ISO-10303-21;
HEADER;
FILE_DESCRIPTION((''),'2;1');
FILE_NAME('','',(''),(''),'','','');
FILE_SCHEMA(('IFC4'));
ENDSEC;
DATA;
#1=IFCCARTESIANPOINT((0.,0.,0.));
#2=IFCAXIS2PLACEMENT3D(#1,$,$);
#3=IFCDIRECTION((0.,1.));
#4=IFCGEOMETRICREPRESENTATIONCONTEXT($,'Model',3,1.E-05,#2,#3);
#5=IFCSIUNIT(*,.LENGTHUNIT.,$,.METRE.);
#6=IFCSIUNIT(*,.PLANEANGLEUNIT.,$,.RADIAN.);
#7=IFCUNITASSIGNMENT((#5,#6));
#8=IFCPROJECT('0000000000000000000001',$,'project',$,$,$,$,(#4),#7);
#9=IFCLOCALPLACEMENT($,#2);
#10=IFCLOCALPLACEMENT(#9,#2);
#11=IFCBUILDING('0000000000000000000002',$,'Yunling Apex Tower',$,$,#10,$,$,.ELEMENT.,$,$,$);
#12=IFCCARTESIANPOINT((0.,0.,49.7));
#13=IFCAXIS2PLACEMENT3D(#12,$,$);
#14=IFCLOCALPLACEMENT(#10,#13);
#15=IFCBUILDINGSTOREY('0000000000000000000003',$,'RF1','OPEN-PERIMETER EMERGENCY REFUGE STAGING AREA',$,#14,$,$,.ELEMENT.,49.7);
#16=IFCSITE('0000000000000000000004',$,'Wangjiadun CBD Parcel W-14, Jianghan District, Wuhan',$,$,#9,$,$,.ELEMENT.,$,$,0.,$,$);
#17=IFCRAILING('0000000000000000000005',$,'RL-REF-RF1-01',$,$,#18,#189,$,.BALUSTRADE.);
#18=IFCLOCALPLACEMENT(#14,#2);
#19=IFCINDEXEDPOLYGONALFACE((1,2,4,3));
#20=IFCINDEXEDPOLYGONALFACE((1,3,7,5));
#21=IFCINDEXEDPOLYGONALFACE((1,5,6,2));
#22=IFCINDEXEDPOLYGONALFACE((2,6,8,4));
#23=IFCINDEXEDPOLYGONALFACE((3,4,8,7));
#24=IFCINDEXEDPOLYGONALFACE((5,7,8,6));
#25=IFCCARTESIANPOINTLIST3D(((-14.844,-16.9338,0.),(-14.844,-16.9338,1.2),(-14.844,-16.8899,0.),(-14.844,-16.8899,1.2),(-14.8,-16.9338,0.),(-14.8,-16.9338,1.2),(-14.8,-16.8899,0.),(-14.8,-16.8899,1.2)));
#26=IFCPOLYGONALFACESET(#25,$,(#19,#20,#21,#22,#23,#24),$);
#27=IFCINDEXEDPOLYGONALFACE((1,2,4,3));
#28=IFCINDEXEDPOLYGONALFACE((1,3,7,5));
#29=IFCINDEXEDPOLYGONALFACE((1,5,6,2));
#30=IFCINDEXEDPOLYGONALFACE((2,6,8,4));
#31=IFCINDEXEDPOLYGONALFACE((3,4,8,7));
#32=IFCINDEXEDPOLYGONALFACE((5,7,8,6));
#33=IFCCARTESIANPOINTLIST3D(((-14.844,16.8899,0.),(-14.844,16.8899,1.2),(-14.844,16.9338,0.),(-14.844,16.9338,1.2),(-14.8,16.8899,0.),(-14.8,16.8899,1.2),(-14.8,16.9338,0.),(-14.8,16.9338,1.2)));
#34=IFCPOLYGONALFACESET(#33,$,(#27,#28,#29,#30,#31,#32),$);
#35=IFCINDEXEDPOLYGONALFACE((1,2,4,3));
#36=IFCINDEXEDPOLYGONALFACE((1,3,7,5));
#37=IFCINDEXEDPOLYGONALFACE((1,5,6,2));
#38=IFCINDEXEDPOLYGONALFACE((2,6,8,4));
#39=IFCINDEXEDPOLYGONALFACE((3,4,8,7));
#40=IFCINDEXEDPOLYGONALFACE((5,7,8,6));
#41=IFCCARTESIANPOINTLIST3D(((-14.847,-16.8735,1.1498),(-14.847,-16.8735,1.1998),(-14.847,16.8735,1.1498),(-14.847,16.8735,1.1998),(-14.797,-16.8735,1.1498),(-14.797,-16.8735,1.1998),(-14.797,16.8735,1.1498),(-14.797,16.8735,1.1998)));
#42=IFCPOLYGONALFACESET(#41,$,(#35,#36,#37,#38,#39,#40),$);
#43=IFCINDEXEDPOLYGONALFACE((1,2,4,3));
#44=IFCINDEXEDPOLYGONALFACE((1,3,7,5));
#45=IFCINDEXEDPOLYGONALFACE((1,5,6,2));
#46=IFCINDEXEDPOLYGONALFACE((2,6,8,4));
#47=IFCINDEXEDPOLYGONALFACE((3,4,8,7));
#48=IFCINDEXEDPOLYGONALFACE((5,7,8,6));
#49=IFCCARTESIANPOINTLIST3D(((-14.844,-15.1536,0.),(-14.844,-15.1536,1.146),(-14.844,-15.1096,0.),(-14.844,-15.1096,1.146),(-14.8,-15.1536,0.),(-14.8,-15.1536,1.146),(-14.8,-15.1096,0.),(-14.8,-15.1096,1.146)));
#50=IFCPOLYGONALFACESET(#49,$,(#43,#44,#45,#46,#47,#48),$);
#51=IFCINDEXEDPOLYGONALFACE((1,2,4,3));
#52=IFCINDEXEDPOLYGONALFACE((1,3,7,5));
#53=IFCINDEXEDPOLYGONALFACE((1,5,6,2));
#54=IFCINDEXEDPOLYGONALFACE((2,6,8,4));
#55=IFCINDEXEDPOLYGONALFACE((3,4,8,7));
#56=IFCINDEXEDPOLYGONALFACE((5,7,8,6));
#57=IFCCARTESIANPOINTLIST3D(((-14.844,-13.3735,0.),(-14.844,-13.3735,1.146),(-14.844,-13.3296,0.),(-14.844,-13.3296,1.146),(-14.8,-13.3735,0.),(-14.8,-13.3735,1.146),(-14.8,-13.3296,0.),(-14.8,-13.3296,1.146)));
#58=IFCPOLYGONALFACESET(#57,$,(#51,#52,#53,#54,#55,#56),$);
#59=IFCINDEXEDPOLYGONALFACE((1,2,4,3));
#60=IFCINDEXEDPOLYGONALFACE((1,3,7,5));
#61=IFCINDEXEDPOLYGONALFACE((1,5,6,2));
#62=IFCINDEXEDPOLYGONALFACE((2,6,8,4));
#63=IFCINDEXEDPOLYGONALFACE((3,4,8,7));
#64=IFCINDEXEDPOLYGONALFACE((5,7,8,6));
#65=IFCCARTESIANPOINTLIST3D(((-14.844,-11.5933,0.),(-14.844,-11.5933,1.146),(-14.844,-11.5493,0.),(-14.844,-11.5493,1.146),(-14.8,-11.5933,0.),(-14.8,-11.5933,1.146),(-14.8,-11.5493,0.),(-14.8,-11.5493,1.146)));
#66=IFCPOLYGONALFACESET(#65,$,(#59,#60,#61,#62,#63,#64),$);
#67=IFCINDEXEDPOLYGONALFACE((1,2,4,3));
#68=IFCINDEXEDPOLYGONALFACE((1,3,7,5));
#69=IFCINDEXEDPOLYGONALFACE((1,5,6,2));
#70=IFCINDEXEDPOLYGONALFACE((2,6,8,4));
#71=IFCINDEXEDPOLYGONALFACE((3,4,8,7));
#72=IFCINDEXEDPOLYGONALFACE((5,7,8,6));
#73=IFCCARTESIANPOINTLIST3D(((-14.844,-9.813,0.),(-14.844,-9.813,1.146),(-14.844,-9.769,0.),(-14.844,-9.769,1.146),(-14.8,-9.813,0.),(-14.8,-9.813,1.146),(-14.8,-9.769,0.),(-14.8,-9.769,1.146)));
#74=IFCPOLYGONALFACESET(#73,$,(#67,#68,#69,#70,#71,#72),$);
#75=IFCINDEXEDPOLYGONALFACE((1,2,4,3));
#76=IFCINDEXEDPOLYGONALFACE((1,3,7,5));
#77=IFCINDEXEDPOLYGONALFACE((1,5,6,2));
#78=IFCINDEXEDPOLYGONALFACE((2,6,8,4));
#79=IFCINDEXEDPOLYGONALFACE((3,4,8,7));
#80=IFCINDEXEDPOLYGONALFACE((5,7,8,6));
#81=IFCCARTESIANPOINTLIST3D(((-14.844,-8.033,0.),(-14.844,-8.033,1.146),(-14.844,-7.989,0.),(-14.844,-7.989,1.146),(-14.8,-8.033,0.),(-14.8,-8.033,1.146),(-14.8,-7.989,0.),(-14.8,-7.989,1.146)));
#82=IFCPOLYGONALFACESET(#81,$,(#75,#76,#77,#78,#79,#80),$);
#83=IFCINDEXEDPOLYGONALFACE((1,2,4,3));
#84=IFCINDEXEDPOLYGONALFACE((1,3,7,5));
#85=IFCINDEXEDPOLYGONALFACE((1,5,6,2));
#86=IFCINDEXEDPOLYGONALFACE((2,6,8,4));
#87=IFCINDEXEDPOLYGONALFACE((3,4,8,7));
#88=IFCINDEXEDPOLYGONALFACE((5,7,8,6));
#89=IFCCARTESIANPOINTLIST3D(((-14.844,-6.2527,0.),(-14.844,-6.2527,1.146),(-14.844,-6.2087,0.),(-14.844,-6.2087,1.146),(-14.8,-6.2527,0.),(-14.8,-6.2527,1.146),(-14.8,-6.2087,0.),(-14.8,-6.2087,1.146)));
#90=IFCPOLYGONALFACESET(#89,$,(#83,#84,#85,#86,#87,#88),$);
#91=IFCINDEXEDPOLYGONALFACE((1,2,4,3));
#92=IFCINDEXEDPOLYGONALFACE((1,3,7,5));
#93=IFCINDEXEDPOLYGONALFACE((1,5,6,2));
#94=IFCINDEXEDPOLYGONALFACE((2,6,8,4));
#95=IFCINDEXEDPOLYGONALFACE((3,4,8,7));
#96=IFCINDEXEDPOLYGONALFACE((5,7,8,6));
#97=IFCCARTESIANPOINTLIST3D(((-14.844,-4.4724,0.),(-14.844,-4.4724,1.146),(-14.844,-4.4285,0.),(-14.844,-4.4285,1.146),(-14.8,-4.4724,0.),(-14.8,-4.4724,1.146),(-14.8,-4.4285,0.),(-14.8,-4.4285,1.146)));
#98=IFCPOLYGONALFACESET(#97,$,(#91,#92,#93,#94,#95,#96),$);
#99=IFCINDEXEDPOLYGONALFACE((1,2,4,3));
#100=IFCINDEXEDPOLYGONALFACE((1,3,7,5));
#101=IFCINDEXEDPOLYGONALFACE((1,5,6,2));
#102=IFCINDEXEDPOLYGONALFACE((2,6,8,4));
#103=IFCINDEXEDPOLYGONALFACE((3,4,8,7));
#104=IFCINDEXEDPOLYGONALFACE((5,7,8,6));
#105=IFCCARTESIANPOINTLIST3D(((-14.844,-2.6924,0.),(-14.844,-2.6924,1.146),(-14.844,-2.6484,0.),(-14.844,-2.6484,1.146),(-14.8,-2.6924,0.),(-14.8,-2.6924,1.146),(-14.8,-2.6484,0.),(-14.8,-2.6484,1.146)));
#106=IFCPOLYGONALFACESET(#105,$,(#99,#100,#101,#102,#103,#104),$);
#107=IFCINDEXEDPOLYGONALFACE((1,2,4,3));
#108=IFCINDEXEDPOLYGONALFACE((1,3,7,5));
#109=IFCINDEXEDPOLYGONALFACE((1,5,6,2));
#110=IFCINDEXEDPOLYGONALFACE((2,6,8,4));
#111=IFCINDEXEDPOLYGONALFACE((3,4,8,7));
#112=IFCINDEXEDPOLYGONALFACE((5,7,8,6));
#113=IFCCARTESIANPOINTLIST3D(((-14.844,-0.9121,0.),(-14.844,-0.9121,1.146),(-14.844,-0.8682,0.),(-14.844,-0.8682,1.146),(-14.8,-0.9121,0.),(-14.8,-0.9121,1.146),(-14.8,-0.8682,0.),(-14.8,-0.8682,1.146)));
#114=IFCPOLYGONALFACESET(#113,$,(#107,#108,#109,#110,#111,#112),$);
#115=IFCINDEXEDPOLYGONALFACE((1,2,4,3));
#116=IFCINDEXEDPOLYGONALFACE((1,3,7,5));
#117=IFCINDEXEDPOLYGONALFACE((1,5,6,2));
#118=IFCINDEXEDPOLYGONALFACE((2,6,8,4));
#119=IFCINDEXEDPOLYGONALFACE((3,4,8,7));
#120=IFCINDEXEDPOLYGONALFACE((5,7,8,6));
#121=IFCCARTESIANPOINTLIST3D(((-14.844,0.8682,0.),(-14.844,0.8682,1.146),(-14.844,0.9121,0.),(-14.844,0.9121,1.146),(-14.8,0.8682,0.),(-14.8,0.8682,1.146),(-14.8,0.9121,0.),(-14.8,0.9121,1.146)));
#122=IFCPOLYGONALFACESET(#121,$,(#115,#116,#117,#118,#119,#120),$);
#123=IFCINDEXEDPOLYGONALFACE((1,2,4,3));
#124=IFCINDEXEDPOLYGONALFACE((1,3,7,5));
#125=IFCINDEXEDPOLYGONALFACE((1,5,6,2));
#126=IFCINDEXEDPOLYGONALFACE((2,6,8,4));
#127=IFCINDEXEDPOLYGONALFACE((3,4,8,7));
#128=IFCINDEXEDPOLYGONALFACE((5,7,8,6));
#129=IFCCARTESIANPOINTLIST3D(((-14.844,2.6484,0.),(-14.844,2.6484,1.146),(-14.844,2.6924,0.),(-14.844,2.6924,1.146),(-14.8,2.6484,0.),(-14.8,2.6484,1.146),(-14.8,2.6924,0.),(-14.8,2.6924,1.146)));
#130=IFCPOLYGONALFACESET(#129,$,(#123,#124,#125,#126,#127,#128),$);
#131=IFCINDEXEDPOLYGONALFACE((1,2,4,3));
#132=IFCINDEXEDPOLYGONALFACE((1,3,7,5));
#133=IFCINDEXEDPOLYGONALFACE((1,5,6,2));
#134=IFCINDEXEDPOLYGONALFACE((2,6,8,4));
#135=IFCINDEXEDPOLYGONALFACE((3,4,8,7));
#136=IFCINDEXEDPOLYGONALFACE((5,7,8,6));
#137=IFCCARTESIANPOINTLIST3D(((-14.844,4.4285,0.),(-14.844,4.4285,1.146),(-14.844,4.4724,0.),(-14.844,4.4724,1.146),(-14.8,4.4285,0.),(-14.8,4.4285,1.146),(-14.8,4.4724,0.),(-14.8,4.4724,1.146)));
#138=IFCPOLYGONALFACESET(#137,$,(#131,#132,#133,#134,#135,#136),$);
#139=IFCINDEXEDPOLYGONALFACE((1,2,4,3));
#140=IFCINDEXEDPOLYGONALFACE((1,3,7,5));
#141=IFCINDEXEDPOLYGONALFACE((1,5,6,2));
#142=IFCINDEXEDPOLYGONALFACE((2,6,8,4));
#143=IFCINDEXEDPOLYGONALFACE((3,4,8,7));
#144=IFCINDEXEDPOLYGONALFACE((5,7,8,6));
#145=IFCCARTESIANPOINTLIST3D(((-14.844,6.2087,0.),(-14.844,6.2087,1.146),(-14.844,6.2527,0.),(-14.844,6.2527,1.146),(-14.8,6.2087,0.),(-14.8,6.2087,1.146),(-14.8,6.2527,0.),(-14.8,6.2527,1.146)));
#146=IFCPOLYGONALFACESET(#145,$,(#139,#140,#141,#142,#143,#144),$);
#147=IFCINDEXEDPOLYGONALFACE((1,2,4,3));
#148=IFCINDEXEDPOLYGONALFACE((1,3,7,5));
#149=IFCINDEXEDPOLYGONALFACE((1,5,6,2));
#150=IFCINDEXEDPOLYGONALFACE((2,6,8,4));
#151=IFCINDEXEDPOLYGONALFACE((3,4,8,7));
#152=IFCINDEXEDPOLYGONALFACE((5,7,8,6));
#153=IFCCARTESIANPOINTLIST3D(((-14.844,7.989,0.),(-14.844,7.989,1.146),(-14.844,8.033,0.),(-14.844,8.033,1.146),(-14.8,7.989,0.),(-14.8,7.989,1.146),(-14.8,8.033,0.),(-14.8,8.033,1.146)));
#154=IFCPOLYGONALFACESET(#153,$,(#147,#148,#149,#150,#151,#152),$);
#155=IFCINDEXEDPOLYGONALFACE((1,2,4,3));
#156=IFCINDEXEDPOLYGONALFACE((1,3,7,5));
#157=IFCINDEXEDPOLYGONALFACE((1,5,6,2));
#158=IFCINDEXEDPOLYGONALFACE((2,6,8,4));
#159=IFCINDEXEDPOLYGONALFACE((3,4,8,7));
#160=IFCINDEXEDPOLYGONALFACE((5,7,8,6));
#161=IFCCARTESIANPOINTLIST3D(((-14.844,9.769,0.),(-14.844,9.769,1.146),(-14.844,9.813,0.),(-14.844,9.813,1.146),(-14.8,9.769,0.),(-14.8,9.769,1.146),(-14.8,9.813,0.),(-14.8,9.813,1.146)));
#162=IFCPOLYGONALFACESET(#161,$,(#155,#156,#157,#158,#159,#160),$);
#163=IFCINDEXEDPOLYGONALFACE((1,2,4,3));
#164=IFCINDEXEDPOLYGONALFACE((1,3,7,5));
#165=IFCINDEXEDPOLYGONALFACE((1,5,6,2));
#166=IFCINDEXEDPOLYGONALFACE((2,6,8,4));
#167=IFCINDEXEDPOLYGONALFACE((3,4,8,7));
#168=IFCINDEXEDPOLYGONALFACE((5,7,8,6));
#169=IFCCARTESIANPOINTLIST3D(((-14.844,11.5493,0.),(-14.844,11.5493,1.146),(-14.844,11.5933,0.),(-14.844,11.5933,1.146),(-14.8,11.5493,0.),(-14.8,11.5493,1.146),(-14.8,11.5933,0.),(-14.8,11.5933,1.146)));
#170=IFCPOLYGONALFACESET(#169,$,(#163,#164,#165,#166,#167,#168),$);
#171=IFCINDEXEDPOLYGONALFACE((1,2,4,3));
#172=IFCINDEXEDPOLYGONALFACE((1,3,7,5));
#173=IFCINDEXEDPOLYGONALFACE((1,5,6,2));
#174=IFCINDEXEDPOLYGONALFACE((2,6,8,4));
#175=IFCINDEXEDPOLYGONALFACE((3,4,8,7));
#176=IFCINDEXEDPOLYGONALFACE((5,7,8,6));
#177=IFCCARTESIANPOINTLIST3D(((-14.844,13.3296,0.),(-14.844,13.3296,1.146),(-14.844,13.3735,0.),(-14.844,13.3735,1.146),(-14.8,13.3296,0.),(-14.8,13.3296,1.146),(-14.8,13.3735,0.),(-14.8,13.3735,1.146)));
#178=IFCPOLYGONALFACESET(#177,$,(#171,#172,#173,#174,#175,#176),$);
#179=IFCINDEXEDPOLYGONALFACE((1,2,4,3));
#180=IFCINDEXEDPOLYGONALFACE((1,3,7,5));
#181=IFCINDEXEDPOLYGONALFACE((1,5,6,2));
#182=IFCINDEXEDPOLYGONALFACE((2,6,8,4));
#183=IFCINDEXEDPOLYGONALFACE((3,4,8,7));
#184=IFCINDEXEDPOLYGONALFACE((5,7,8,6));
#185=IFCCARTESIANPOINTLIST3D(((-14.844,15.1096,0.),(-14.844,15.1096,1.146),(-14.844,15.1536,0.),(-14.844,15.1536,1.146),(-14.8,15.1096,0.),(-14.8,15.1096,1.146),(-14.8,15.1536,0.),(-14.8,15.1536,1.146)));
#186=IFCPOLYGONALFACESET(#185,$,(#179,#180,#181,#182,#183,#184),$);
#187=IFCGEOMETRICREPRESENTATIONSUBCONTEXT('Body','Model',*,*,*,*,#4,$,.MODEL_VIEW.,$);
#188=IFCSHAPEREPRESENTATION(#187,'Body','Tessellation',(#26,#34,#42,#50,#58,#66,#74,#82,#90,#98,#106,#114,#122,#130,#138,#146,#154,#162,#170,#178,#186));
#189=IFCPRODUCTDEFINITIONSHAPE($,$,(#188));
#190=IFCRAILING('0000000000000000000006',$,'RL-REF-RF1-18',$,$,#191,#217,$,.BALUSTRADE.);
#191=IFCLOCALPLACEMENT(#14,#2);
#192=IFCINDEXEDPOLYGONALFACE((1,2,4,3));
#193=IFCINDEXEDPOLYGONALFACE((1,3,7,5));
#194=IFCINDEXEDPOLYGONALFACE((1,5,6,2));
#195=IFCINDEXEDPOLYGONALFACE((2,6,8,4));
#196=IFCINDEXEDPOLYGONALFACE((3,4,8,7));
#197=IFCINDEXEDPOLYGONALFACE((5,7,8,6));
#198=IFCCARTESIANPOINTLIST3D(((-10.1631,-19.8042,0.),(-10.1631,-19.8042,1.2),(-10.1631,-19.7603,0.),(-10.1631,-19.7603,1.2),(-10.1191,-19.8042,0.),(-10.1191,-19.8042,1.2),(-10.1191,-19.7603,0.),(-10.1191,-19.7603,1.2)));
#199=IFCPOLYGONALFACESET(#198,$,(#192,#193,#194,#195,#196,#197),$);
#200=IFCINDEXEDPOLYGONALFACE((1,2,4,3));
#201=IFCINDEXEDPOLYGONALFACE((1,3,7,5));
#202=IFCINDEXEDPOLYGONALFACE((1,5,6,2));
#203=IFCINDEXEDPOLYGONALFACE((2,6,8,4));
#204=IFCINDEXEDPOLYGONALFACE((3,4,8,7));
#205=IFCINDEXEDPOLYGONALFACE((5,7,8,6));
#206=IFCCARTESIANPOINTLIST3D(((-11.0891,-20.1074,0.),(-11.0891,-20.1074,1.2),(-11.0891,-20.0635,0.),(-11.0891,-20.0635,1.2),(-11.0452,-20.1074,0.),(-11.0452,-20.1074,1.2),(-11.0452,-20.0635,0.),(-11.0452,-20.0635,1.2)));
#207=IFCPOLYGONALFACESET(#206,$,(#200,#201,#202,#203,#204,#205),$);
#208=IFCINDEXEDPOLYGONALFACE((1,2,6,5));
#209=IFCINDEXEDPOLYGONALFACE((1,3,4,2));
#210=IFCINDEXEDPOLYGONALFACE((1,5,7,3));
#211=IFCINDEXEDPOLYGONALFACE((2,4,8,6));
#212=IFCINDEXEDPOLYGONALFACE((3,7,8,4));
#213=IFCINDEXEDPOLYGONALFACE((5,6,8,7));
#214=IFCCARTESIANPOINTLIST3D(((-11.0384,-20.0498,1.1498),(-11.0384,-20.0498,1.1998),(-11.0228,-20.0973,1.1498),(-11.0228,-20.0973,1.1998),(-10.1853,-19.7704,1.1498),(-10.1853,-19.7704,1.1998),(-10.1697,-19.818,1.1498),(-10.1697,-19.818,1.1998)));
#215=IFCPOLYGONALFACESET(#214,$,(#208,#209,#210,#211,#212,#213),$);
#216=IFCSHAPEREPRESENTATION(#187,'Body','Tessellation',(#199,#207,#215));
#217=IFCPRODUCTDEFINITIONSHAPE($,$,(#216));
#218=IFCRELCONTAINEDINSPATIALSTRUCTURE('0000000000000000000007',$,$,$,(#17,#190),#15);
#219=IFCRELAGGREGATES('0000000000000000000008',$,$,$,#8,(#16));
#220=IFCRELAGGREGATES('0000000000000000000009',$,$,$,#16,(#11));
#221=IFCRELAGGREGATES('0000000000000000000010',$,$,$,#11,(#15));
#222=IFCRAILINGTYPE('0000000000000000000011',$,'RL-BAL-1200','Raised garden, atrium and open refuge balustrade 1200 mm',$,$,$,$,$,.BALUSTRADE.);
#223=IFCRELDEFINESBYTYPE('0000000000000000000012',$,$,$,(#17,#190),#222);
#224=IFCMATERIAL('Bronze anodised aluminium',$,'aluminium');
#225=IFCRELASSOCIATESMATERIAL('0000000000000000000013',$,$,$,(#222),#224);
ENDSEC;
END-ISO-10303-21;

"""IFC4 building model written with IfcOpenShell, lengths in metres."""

from ifc_helpers import new_model, si_unit, direction, frame, origin, origin_2d, place, context, subcontext, project, spatial, rectangle, extrude, material, type_object, element, save


model = new_model("IFC4")

# Units and contexts
model_context = context("Model", 3, precision=1e-05, world=origin(), true_north=direction((0.0, 1.0)))
body_context = subcontext(model_context, "Body", "Model", "MODEL_VIEW")
ifc_project = project(units=[si_unit("LENGTHUNIT", "METRE"), si_unit("PLANEANGLEUNIT", "RADIAN")], contexts=[model_context])

# Site, building, storey
site_placement = place(None, origin())
site = spatial("IfcSite", under=ifc_project, at=site_placement, Name="Wangjiadun CBD Parcel W-14, Jianghan District, Wuhan", CompositionType="ELEMENT", RefElevation=0.0)
building_placement = place(site_placement, origin())
building = spatial("IfcBuilding", under=site, at=building_placement, Name="Yunling Apex Tower", CompositionType="ELEMENT")
storey_placement = place(building_placement, frame((0.0, 0.0, 49.7)))
storey = spatial("IfcBuildingStorey", under=building, at=storey_placement, Name="RF1", Description="OPEN-PERIMETER EMERGENCY REFUGE STAGING AREA", CompositionType="ELEMENT", Elevation=49.7)

# Railings
ifc_material_1 = material(Name="Bronze anodised aluminium", Category="aluminium")
railing_type = type_object("IfcRailingType", Name="RL-BAL-1200", Description="Raised garden, atrium and open refuge balustrade 1200 mm", PredefinedType="BALUSTRADE", material=ifc_material_1)
railing_1_placement = place(storey_placement, frame((-14.822, -16.9119, 0.0)))
element("IfcRailing", 1, at=railing_1_placement, inside=storey, type_object=railing_type, Name="RL-REF-RF1-01", PredefinedType="BALUSTRADE", context=body_context, shape_type="SweptSolid", body=[
    extrude(rectangle(XDim=0.0439, YDim=0.0439, at=origin_2d()), origin(), (0.0, 0.0, 1.0), 1.2),
    extrude(rectangle(XDim=0.0439, YDim=0.0439, at=origin_2d()), frame((0.0, 33.8237, 0.0)), (0.0, 0.0, 1.0), 1.2),
    extrude(rectangle(XDim=0.05, YDim=0.05, at=origin_2d()), frame((0.0, 0.0383, 1.1748), z_axis=(0.0, 1.0, 0.0), x_axis=(-1.0, 0.0, 0.0)), (0.0, 0.0, 1.0), 33.7471),
    extrude(rectangle(XDim=0.0439, YDim=0.0439, at=origin_2d()), frame((0.0, 1.7803, 0.0)), (0.0, 0.0, 1.0), 1.146),
    extrude(rectangle(XDim=0.0439, YDim=0.0439, at=origin_2d()), frame((0.0, 3.5603, 0.0)), (0.0, 0.0, 1.0), 1.146),
    extrude(rectangle(XDim=0.0439, YDim=0.0439, at=origin_2d()), frame((0.0, 5.3406, 0.0)), (0.0, 0.0, 1.0), 1.146),
    extrude(rectangle(XDim=0.0439, YDim=0.0439, at=origin_2d()), frame((0.0, 7.1208, 0.0)), (0.0, 0.0, 1.0), 1.146),
    extrude(rectangle(XDim=0.0439, YDim=0.0439, at=origin_2d()), frame((0.0, 8.9009, 0.0)), (0.0, 0.0, 1.0), 1.146),
    extrude(rectangle(XDim=0.0439, YDim=0.0439, at=origin_2d()), frame((0.0, 10.6812, 0.0)), (0.0, 0.0, 1.0), 1.146),
    extrude(rectangle(XDim=0.0439, YDim=0.0439, at=origin_2d()), frame((0.0, 12.4614, 0.0)), (0.0, 0.0, 1.0), 1.146),
    extrude(rectangle(XDim=0.0439, YDim=0.0439, at=origin_2d()), frame((0.0, 14.2415, 0.0)), (0.0, 0.0, 1.0), 1.146),
    extrude(rectangle(XDim=0.0439, YDim=0.0439, at=origin_2d()), frame((0.0, 16.0217, 0.0)), (0.0, 0.0, 1.0), 1.146),
    extrude(rectangle(XDim=0.0439, YDim=0.0439, at=origin_2d()), frame((0.0, 17.802, 0.0)), (0.0, 0.0, 1.0), 1.146),
    extrude(rectangle(XDim=0.0439, YDim=0.0439, at=origin_2d()), frame((0.0, 19.5823, 0.0)), (0.0, 0.0, 1.0), 1.146),
    extrude(rectangle(XDim=0.0439, YDim=0.0439, at=origin_2d()), frame((0.0, 21.3623, 0.0)), (0.0, 0.0, 1.0), 1.146),
    extrude(rectangle(XDim=0.0439, YDim=0.0439, at=origin_2d()), frame((0.0, 23.1426, 0.0)), (0.0, 0.0, 1.0), 1.146),
    extrude(rectangle(XDim=0.0439, YDim=0.0439, at=origin_2d()), frame((0.0, 24.9229, 0.0)), (0.0, 0.0, 1.0), 1.146),
    extrude(rectangle(XDim=0.0439, YDim=0.0439, at=origin_2d()), frame((0.0, 26.7029, 0.0)), (0.0, 0.0, 1.0), 1.146),
    extrude(rectangle(XDim=0.0439, YDim=0.0439, at=origin_2d()), frame((0.0, 28.4832, 0.0)), (0.0, 0.0, 1.0), 1.146),
    extrude(rectangle(XDim=0.0439, YDim=0.0439, at=origin_2d()), frame((0.0, 30.2634, 0.0)), (0.0, 0.0, 1.0), 1.146),
    extrude(rectangle(XDim=0.0439, YDim=0.0439, at=origin_2d()), frame((0.0, 32.0435, 0.0)), (0.0, 0.0, 1.0), 1.146),
])
railing_2_placement = place(storey_placement, frame((-10.1411, -19.7822, 0.0)))
element("IfcRailing", 2, at=railing_2_placement, inside=storey, type_object=railing_type, Name="RL-REF-RF1-18", PredefinedType="BALUSTRADE", context=body_context, shape_type="SweptSolid", body=[
    extrude(rectangle(XDim=0.0439, YDim=0.0439, at=origin_2d()), origin(), (0.0, 0.0, 1.0), 1.2),
    extrude(rectangle(XDim=0.0439, YDim=0.0439, at=origin_2d()), frame((-0.926, -0.3032, 0.0)), (0.0, 0.0, 1.0), 1.2),
    extrude(rectangle(XDim=0.05, YDim=0.05, at=origin_2d()), frame((-0.0364, -0.012, 1.1748), z_axis=(-0.950349, -0.311187, 0.0), x_axis=(0.311187, -0.950349, 0.0)), (0.0, 0.0, 1.0), 0.8977),
])

save(model, "model.ifc")
